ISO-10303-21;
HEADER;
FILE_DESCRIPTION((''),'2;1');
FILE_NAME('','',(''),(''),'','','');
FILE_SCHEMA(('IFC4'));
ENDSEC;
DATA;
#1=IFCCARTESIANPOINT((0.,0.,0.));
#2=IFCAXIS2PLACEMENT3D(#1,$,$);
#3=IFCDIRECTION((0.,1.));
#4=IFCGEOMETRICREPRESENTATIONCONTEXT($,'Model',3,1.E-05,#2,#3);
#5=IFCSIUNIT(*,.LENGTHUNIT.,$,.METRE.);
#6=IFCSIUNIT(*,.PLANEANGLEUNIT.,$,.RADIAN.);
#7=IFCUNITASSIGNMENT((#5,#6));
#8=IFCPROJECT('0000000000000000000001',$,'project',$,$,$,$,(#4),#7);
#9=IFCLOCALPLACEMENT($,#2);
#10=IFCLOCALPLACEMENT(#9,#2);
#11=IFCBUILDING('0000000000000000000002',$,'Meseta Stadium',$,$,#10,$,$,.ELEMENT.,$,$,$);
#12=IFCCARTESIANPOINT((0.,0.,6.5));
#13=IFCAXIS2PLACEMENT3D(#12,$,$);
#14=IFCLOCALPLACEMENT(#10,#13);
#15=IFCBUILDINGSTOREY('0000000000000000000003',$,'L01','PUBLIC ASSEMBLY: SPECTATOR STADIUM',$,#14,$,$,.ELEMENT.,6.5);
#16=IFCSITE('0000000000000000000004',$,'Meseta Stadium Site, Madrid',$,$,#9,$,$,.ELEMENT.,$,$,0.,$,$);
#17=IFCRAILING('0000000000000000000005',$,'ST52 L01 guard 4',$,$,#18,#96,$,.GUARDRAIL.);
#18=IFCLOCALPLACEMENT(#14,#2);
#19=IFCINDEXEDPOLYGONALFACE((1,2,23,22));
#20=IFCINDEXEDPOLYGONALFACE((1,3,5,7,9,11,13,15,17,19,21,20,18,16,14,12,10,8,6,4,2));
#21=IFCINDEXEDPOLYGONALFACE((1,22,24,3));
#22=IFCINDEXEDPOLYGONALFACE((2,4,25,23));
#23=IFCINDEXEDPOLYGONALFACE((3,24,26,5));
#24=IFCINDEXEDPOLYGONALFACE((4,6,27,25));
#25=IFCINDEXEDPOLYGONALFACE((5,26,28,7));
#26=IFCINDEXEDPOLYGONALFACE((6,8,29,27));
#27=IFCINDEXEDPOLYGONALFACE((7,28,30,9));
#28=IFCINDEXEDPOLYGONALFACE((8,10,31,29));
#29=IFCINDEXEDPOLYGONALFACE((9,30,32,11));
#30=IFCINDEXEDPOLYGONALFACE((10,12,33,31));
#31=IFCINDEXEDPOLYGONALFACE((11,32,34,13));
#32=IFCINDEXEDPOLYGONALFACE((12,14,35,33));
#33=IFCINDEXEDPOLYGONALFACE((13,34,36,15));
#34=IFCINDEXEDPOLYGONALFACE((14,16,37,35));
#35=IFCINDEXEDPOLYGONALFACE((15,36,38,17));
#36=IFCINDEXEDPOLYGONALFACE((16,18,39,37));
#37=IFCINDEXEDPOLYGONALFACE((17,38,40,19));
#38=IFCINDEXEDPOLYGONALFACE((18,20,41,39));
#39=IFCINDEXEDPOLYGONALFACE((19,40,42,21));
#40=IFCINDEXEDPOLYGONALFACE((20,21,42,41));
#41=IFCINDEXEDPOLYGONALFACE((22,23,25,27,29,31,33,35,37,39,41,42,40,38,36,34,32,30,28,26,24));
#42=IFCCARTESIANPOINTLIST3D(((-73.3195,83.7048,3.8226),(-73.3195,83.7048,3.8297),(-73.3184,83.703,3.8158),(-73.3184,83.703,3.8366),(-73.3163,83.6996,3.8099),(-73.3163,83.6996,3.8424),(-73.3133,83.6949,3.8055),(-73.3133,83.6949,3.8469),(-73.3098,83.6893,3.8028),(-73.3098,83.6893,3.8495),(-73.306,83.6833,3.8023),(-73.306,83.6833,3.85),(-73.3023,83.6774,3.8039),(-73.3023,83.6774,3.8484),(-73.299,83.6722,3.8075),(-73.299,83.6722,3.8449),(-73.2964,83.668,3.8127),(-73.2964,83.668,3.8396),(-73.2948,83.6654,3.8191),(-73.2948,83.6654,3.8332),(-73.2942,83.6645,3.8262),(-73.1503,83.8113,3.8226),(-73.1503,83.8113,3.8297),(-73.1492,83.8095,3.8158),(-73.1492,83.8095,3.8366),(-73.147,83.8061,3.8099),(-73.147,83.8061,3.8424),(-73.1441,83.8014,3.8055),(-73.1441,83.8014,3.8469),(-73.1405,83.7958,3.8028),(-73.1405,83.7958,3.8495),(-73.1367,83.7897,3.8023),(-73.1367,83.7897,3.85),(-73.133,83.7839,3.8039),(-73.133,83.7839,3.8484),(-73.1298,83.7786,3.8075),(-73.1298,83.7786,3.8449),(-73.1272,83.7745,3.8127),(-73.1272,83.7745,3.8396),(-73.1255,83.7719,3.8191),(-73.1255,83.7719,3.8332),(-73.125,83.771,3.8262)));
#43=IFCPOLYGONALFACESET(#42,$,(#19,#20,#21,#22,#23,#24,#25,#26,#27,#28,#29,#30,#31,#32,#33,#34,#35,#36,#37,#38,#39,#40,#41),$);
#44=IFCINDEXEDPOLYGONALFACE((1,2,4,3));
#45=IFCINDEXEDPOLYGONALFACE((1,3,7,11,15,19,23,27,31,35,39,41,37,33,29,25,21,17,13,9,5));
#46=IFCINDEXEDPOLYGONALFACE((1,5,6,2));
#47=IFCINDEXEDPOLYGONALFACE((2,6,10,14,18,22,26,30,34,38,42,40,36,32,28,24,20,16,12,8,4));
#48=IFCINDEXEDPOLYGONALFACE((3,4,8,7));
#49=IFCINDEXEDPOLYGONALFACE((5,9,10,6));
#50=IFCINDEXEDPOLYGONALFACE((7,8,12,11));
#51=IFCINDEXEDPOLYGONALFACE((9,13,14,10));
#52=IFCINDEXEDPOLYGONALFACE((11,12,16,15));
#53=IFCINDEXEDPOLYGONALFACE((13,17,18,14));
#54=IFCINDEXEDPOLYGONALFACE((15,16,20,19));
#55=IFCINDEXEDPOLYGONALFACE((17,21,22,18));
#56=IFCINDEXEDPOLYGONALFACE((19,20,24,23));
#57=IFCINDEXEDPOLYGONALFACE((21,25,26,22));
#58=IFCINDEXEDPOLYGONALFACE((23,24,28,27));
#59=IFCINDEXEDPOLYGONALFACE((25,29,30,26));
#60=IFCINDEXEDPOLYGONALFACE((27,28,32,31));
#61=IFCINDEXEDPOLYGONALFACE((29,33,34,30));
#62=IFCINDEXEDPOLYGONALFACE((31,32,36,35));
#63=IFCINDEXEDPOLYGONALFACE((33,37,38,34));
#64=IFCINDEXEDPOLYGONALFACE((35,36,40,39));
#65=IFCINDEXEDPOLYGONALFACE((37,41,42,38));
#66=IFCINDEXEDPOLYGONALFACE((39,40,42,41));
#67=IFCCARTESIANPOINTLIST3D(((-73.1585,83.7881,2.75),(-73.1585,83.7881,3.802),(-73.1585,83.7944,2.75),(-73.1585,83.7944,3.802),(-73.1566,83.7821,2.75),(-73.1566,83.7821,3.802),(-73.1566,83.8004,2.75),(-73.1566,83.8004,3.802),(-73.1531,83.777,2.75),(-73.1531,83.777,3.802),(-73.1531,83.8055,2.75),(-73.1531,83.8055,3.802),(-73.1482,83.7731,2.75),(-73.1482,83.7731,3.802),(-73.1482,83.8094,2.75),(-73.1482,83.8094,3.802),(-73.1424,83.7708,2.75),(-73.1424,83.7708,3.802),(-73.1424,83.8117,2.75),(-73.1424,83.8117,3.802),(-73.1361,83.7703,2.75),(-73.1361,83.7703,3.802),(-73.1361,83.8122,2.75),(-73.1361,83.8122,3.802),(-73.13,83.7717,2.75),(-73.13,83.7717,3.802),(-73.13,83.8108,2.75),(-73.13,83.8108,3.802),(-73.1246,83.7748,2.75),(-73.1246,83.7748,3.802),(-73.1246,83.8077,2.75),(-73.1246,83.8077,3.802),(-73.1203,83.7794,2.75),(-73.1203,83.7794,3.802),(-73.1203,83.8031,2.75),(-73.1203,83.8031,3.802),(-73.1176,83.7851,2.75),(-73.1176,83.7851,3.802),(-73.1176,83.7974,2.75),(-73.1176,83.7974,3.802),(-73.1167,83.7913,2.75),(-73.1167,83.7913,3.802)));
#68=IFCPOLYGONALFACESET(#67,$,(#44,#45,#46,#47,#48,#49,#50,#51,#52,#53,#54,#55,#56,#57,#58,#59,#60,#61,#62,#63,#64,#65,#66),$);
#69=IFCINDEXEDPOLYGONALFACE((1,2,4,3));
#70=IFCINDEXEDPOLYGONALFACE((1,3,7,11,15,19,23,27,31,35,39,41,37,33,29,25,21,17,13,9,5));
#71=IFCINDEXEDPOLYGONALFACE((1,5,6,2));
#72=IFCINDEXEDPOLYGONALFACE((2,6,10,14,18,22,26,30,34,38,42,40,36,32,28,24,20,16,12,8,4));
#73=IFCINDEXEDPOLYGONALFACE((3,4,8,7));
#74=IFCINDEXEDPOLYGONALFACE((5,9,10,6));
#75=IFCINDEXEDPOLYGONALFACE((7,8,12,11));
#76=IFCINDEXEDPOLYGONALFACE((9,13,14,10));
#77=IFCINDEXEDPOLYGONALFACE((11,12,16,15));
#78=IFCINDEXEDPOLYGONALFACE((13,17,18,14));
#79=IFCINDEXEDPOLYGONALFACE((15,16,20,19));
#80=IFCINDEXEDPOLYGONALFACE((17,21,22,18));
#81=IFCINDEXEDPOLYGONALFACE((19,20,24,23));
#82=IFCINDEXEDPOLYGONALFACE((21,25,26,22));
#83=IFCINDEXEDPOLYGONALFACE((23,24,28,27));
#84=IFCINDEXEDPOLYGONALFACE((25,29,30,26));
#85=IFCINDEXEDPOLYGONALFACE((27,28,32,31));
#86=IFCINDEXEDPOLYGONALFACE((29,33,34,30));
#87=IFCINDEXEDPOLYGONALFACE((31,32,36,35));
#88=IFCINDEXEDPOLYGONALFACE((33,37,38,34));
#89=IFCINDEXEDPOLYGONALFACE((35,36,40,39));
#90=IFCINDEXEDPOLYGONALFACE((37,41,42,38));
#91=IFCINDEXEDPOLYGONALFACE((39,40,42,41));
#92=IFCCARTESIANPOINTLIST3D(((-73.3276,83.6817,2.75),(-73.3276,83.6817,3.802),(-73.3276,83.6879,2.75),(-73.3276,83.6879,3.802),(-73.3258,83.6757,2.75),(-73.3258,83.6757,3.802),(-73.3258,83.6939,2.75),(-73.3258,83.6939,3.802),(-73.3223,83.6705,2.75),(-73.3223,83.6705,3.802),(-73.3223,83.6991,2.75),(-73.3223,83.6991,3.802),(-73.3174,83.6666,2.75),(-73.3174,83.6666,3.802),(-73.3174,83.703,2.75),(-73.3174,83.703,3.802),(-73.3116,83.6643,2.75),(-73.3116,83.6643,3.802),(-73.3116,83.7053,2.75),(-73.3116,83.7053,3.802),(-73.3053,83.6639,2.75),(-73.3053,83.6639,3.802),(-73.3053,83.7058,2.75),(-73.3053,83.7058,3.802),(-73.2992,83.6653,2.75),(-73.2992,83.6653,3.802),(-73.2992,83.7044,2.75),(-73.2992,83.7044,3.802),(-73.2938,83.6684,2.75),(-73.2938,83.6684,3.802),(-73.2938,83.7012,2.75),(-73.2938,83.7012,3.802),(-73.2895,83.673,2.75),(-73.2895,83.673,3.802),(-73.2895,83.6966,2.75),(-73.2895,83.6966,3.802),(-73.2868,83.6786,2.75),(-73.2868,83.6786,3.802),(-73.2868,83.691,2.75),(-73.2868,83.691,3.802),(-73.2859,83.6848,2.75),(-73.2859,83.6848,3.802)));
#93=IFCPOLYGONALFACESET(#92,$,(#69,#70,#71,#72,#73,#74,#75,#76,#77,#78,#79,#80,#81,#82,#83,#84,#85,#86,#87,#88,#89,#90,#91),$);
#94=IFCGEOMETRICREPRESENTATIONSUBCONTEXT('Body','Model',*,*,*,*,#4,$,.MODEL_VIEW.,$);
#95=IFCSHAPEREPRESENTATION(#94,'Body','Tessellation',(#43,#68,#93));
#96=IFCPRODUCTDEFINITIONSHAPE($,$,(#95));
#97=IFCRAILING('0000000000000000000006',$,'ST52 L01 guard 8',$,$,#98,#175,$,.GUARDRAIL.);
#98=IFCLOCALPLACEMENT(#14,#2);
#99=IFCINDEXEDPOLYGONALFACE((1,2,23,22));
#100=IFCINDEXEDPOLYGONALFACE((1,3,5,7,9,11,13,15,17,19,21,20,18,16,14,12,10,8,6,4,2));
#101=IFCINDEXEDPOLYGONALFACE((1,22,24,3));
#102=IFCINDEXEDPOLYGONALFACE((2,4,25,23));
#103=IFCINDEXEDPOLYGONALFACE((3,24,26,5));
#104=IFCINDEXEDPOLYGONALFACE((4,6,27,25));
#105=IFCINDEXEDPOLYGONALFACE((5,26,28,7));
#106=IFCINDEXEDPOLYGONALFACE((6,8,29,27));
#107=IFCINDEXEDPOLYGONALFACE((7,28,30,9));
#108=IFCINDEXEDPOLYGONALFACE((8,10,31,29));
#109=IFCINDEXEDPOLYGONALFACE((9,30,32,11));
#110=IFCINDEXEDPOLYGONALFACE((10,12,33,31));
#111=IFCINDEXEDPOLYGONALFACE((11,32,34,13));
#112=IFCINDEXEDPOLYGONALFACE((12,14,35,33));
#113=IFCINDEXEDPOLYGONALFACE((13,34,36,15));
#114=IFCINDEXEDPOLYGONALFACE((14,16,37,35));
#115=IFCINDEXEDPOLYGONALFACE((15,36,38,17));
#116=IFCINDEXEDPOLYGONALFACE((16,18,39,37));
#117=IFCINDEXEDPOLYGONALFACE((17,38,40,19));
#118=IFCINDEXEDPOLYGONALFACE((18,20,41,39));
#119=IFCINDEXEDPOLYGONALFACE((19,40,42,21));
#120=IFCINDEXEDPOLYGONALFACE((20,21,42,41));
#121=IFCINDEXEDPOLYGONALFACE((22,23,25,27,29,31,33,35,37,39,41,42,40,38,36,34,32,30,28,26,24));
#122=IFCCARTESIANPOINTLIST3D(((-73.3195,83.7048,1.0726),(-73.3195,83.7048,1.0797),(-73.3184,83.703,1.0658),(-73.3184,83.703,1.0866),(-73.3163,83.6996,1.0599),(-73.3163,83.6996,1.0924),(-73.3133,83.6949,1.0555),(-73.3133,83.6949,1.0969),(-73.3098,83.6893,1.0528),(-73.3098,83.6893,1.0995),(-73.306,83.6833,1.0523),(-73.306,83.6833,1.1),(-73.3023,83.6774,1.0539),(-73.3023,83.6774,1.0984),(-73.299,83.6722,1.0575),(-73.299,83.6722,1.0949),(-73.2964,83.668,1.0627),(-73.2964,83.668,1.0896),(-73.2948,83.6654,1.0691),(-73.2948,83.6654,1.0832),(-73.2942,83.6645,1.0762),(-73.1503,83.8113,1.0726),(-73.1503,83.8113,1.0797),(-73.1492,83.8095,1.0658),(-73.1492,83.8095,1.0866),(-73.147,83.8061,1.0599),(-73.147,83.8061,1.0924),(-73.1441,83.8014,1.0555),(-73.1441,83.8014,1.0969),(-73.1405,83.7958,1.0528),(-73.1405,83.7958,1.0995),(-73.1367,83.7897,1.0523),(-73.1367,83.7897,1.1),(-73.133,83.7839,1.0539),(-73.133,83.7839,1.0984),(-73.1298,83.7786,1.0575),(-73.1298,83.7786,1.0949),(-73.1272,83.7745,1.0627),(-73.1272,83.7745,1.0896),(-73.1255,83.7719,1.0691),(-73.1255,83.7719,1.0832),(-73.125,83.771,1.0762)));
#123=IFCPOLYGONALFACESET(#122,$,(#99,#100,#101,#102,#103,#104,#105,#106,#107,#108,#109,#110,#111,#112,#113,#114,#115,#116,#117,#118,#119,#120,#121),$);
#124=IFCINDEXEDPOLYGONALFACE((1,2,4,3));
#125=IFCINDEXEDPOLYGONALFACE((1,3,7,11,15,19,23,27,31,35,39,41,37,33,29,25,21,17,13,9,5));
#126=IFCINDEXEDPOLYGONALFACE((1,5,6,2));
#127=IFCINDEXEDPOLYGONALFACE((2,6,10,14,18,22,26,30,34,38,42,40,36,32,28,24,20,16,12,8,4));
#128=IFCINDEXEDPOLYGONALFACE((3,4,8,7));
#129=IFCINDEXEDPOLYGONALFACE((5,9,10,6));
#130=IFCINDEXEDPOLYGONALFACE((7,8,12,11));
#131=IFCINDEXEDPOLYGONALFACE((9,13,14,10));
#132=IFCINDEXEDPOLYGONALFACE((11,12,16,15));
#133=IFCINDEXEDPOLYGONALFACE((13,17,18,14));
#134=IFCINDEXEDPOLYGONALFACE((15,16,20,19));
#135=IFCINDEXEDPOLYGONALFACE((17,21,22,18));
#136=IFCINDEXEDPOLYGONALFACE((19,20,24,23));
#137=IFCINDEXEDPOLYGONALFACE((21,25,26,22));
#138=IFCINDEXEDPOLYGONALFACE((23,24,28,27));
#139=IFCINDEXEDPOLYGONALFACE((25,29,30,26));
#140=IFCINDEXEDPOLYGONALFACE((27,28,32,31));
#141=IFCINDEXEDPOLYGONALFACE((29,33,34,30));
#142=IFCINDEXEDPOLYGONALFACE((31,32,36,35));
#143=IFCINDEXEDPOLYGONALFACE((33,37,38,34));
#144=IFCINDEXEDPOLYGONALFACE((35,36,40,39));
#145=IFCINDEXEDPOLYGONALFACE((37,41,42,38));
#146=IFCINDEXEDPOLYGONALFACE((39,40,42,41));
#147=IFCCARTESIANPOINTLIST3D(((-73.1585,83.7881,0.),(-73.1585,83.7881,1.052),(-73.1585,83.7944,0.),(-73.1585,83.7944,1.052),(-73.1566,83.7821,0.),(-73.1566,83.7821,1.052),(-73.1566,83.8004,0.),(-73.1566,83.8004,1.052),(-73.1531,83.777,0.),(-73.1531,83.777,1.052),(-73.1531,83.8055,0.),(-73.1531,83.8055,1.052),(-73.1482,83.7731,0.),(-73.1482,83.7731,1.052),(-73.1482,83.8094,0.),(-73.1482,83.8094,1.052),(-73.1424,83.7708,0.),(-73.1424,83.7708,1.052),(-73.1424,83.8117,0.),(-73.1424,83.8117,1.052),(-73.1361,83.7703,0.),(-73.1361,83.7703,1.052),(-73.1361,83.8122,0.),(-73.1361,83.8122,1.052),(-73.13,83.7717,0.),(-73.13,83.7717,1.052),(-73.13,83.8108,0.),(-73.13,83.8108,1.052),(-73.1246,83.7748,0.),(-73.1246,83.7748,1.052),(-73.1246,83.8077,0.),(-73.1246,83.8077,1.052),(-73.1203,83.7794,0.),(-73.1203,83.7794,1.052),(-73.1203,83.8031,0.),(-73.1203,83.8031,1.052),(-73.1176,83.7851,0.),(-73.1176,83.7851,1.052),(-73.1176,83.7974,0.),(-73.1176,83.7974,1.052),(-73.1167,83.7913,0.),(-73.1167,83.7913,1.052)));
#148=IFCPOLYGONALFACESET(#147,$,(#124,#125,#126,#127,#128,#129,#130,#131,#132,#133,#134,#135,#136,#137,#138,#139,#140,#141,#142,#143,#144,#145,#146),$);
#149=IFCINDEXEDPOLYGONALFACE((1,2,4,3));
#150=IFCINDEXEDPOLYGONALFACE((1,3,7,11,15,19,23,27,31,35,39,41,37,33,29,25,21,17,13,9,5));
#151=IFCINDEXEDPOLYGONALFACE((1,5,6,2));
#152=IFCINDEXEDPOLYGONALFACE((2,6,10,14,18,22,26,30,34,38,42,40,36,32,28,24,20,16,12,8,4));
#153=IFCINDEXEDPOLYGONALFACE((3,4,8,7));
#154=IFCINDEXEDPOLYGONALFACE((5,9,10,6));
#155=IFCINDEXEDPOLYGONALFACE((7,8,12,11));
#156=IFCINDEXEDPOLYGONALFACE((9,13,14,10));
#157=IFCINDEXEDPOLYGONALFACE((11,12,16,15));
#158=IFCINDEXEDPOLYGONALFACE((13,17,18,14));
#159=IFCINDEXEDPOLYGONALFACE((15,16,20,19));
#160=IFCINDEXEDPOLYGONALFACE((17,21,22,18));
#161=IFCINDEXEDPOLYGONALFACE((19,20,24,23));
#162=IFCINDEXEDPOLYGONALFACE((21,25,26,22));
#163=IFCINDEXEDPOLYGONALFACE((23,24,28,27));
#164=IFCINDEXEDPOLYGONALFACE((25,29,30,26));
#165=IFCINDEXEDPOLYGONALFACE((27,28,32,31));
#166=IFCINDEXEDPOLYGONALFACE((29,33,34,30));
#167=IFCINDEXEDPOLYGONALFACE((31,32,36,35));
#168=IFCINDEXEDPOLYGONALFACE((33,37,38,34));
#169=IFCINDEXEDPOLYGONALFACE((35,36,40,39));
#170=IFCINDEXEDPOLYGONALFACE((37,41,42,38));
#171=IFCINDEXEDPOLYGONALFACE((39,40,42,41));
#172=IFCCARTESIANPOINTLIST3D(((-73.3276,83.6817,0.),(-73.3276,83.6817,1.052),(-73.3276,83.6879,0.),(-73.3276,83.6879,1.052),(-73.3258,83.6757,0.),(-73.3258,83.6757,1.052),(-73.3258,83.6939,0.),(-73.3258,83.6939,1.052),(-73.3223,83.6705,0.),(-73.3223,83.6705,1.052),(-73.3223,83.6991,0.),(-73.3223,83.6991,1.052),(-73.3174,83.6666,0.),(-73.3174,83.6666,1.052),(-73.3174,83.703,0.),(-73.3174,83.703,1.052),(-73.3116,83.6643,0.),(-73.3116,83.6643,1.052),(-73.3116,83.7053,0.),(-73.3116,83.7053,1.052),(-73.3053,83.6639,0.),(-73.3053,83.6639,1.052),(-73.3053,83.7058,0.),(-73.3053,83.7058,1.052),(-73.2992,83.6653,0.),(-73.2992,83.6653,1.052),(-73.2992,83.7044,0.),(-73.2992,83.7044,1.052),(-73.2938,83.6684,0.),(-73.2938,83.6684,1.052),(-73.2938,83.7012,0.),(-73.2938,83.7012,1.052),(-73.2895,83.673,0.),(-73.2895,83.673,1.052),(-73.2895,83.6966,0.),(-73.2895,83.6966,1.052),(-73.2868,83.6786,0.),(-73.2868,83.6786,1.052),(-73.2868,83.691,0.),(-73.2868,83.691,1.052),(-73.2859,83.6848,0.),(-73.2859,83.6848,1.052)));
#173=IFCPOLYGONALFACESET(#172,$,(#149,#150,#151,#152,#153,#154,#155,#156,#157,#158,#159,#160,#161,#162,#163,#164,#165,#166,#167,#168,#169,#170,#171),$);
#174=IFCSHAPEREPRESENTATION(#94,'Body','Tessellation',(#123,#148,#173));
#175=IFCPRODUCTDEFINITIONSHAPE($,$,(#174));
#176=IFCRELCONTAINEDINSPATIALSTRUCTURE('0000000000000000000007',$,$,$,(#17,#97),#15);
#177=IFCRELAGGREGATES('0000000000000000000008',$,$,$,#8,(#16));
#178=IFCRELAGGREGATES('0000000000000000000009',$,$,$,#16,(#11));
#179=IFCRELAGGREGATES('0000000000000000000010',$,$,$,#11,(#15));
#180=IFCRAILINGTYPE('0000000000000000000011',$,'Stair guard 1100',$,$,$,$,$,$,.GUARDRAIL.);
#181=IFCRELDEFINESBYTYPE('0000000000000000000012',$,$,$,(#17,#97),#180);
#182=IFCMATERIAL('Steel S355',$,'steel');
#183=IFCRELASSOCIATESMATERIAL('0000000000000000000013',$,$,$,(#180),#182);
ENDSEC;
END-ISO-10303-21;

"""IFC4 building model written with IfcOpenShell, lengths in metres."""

from ifc_helpers import new_model, si_unit, direction, frame, origin, origin_2d, place, context, subcontext, project, spatial, circle, extrude, material, type_object, element, save


model = new_model("IFC4")

# Units and contexts
model_context = context("Model", 3, precision=1e-05, world=origin(), true_north=direction((0.0, 1.0)))
body_context = subcontext(model_context, "Body", "Model", "MODEL_VIEW")
ifc_project = project(units=[si_unit("LENGTHUNIT", "METRE"), si_unit("PLANEANGLEUNIT", "RADIAN")], contexts=[model_context])

# Site, building, storey
site_placement = place(None, origin())
site = spatial("IfcSite", under=ifc_project, at=site_placement, Name="Meseta Stadium Site, Madrid", CompositionType="ELEMENT", RefElevation=0.0)
building_placement = place(site_placement, origin())
building = spatial("IfcBuilding", under=site, at=building_placement, Name="Meseta Stadium", CompositionType="ELEMENT")
storey_placement = place(building_placement, frame((0.0, 0.0, 6.5)))
storey = spatial("IfcBuildingStorey", under=building, at=storey_placement, Name="L01", Description="PUBLIC ASSEMBLY: SPECTATOR STADIUM", CompositionType="ELEMENT", Elevation=6.5)

# Railings
ifc_material_1 = material(Name="Steel S355", Category="steel")
railing_type = type_object("IfcRailingType", Name="Stair guard 1100", PredefinedType="GUARDRAIL", material=ifc_material_1)
for number, where, name in (
    (1, (-73.1377, 83.7913, 2.75), "ST52 L01 guard 4"),
    (2, (-73.1377, 83.7913, 0.0), "ST52 L01 guard 8"),
):
    element("IfcRailing", number, at=place(storey_placement, frame(where)), inside=storey, type_object=railing_type, Name=name, PredefinedType="GUARDRAIL", context=body_context, shape_type="SweptSolid", body=[
        extrude(circle(Radius=0.0239, at=origin_2d()), frame((0.0, 0.0, 1.0762), z_axis=(-0.846416, -0.532522, 0.0), x_axis=(0.532522, -0.846416, 0.0)), (0.0, 0.0, 1.0), 0.2),
        extrude(circle(Radius=0.021, at=origin_2d()), origin(), (0.0, 0.0, 1.0), 1.052),
        extrude(circle(Radius=0.021, at=origin_2d()), frame((-0.1692, -0.1064, 0.0)), (0.0, 0.0, 1.0), 1.052),
    ])

save(model, "model.ifc")
